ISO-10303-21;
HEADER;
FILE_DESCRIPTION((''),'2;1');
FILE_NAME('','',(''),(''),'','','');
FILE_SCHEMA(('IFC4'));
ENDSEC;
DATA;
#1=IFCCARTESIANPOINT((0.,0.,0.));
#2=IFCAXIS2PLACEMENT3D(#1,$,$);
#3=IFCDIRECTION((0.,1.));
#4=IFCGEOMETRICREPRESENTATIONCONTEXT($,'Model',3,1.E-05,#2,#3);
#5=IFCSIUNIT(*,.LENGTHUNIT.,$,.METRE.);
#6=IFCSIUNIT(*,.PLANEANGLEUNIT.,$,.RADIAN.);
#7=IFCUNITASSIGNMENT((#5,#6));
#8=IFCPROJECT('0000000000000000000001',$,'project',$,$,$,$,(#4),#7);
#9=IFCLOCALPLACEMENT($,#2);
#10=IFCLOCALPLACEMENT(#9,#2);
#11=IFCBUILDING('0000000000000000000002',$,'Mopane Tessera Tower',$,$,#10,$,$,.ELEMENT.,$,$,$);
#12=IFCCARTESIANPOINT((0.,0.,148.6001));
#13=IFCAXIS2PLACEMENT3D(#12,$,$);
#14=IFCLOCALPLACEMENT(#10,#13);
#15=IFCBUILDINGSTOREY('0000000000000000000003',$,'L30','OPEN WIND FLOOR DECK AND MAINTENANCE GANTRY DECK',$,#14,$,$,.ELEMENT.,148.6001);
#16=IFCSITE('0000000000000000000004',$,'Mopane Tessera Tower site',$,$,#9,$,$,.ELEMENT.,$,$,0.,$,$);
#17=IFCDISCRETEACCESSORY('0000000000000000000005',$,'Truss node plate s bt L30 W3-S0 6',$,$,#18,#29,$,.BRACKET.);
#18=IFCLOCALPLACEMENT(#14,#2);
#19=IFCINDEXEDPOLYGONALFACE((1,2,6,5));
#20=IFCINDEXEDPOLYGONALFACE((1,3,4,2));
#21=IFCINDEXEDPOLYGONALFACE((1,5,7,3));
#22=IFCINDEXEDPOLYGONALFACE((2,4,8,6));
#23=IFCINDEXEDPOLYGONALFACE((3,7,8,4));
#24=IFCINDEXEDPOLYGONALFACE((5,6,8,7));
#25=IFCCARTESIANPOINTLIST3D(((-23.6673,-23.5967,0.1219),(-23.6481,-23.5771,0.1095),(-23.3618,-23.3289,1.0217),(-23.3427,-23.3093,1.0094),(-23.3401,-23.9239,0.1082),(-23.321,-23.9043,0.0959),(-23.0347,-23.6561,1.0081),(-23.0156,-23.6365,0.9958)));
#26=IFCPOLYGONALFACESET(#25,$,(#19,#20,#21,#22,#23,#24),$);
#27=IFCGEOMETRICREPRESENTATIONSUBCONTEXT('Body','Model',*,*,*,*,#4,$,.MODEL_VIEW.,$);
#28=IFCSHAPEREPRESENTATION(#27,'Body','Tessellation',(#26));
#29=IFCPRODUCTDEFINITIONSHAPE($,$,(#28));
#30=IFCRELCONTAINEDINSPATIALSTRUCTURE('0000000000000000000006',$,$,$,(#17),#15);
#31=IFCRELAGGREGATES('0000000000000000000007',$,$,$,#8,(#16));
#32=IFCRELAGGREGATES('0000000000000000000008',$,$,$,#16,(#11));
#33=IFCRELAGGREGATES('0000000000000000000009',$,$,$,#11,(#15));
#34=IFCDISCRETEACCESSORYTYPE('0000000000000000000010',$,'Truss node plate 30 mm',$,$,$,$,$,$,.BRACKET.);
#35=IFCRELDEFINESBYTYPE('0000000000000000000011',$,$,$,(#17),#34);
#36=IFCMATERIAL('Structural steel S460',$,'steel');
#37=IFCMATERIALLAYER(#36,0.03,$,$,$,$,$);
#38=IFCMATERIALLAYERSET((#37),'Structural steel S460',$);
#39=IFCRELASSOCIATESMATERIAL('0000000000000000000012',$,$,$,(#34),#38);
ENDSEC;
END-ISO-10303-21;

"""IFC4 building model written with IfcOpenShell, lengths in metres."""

from ifc_helpers import new_model, si_unit, direction, frame, origin, origin_2d, place, context, subcontext, project, spatial, rectangle, extrude, material, layer, layer_set, type_object, element, save


model = new_model("IFC4")

# Units and contexts
model_context = context("Model", 3, precision=1e-05, world=origin(), true_north=direction((0.0, 1.0)))
body_context = subcontext(model_context, "Body", "Model", "MODEL_VIEW")
ifc_project = project(units=[si_unit("LENGTHUNIT", "METRE"), si_unit("PLANEANGLEUNIT", "RADIAN")], contexts=[model_context])

# Site, building, storey
site_placement = place(None, origin())
site = spatial("IfcSite", under=ifc_project, at=site_placement, Name="Mopane Tessera Tower site", CompositionType="ELEMENT", RefElevation=0.0)
building_placement = place(site_placement, origin())
building = spatial("IfcBuilding", under=site, at=building_placement, Name="Mopane Tessera Tower", CompositionType="ELEMENT")
storey_placement = place(building_placement, frame((0.0, 0.0, 148.6001)))
storey = spatial("IfcBuildingStorey", under=building, at=storey_placement, Name="L30", Description="OPEN WIND FLOOR DECK AND MAINTENANCE GANTRY DECK", CompositionType="ELEMENT", Elevation=148.6001)

# Discrete accessory
ifc_material_1 = material(Name="Structural steel S460", Category="steel")
ifc_layer_1 = layer(ifc_material_1, 0.03)
ifc_layer_set_1 = layer_set([ifc_layer_1], Name="Structural steel S460")
discrete_accessory_type = type_object("IfcDiscreteAccessoryType", Name="Truss node plate 30 mm", PredefinedType="BRACKET", material=ifc_layer_set_1)
discrete_accessory_1_placement = place(storey_placement, frame((-23.4941, -23.7505, 0.1089), z_axis=(0.309337, 0.271257, 0.911444), x_axis=(0.636314, 0.653225, -0.410368)))
element("IfcDiscreteAccessory", 1, at=discrete_accessory_1_placement, inside=storey, type_object=discrete_accessory_type, Name="Truss node plate s bt L30 W3-S0 6", PredefinedType="BRACKET", context=body_context, shape_type="SweptSolid", body=[
    extrude(rectangle(XDim=0.03, YDim=0.4629, at=origin_2d()), origin(), (0.0, 0.0, 1.0), 0.9873),
])

save(model, "model.ifc")
